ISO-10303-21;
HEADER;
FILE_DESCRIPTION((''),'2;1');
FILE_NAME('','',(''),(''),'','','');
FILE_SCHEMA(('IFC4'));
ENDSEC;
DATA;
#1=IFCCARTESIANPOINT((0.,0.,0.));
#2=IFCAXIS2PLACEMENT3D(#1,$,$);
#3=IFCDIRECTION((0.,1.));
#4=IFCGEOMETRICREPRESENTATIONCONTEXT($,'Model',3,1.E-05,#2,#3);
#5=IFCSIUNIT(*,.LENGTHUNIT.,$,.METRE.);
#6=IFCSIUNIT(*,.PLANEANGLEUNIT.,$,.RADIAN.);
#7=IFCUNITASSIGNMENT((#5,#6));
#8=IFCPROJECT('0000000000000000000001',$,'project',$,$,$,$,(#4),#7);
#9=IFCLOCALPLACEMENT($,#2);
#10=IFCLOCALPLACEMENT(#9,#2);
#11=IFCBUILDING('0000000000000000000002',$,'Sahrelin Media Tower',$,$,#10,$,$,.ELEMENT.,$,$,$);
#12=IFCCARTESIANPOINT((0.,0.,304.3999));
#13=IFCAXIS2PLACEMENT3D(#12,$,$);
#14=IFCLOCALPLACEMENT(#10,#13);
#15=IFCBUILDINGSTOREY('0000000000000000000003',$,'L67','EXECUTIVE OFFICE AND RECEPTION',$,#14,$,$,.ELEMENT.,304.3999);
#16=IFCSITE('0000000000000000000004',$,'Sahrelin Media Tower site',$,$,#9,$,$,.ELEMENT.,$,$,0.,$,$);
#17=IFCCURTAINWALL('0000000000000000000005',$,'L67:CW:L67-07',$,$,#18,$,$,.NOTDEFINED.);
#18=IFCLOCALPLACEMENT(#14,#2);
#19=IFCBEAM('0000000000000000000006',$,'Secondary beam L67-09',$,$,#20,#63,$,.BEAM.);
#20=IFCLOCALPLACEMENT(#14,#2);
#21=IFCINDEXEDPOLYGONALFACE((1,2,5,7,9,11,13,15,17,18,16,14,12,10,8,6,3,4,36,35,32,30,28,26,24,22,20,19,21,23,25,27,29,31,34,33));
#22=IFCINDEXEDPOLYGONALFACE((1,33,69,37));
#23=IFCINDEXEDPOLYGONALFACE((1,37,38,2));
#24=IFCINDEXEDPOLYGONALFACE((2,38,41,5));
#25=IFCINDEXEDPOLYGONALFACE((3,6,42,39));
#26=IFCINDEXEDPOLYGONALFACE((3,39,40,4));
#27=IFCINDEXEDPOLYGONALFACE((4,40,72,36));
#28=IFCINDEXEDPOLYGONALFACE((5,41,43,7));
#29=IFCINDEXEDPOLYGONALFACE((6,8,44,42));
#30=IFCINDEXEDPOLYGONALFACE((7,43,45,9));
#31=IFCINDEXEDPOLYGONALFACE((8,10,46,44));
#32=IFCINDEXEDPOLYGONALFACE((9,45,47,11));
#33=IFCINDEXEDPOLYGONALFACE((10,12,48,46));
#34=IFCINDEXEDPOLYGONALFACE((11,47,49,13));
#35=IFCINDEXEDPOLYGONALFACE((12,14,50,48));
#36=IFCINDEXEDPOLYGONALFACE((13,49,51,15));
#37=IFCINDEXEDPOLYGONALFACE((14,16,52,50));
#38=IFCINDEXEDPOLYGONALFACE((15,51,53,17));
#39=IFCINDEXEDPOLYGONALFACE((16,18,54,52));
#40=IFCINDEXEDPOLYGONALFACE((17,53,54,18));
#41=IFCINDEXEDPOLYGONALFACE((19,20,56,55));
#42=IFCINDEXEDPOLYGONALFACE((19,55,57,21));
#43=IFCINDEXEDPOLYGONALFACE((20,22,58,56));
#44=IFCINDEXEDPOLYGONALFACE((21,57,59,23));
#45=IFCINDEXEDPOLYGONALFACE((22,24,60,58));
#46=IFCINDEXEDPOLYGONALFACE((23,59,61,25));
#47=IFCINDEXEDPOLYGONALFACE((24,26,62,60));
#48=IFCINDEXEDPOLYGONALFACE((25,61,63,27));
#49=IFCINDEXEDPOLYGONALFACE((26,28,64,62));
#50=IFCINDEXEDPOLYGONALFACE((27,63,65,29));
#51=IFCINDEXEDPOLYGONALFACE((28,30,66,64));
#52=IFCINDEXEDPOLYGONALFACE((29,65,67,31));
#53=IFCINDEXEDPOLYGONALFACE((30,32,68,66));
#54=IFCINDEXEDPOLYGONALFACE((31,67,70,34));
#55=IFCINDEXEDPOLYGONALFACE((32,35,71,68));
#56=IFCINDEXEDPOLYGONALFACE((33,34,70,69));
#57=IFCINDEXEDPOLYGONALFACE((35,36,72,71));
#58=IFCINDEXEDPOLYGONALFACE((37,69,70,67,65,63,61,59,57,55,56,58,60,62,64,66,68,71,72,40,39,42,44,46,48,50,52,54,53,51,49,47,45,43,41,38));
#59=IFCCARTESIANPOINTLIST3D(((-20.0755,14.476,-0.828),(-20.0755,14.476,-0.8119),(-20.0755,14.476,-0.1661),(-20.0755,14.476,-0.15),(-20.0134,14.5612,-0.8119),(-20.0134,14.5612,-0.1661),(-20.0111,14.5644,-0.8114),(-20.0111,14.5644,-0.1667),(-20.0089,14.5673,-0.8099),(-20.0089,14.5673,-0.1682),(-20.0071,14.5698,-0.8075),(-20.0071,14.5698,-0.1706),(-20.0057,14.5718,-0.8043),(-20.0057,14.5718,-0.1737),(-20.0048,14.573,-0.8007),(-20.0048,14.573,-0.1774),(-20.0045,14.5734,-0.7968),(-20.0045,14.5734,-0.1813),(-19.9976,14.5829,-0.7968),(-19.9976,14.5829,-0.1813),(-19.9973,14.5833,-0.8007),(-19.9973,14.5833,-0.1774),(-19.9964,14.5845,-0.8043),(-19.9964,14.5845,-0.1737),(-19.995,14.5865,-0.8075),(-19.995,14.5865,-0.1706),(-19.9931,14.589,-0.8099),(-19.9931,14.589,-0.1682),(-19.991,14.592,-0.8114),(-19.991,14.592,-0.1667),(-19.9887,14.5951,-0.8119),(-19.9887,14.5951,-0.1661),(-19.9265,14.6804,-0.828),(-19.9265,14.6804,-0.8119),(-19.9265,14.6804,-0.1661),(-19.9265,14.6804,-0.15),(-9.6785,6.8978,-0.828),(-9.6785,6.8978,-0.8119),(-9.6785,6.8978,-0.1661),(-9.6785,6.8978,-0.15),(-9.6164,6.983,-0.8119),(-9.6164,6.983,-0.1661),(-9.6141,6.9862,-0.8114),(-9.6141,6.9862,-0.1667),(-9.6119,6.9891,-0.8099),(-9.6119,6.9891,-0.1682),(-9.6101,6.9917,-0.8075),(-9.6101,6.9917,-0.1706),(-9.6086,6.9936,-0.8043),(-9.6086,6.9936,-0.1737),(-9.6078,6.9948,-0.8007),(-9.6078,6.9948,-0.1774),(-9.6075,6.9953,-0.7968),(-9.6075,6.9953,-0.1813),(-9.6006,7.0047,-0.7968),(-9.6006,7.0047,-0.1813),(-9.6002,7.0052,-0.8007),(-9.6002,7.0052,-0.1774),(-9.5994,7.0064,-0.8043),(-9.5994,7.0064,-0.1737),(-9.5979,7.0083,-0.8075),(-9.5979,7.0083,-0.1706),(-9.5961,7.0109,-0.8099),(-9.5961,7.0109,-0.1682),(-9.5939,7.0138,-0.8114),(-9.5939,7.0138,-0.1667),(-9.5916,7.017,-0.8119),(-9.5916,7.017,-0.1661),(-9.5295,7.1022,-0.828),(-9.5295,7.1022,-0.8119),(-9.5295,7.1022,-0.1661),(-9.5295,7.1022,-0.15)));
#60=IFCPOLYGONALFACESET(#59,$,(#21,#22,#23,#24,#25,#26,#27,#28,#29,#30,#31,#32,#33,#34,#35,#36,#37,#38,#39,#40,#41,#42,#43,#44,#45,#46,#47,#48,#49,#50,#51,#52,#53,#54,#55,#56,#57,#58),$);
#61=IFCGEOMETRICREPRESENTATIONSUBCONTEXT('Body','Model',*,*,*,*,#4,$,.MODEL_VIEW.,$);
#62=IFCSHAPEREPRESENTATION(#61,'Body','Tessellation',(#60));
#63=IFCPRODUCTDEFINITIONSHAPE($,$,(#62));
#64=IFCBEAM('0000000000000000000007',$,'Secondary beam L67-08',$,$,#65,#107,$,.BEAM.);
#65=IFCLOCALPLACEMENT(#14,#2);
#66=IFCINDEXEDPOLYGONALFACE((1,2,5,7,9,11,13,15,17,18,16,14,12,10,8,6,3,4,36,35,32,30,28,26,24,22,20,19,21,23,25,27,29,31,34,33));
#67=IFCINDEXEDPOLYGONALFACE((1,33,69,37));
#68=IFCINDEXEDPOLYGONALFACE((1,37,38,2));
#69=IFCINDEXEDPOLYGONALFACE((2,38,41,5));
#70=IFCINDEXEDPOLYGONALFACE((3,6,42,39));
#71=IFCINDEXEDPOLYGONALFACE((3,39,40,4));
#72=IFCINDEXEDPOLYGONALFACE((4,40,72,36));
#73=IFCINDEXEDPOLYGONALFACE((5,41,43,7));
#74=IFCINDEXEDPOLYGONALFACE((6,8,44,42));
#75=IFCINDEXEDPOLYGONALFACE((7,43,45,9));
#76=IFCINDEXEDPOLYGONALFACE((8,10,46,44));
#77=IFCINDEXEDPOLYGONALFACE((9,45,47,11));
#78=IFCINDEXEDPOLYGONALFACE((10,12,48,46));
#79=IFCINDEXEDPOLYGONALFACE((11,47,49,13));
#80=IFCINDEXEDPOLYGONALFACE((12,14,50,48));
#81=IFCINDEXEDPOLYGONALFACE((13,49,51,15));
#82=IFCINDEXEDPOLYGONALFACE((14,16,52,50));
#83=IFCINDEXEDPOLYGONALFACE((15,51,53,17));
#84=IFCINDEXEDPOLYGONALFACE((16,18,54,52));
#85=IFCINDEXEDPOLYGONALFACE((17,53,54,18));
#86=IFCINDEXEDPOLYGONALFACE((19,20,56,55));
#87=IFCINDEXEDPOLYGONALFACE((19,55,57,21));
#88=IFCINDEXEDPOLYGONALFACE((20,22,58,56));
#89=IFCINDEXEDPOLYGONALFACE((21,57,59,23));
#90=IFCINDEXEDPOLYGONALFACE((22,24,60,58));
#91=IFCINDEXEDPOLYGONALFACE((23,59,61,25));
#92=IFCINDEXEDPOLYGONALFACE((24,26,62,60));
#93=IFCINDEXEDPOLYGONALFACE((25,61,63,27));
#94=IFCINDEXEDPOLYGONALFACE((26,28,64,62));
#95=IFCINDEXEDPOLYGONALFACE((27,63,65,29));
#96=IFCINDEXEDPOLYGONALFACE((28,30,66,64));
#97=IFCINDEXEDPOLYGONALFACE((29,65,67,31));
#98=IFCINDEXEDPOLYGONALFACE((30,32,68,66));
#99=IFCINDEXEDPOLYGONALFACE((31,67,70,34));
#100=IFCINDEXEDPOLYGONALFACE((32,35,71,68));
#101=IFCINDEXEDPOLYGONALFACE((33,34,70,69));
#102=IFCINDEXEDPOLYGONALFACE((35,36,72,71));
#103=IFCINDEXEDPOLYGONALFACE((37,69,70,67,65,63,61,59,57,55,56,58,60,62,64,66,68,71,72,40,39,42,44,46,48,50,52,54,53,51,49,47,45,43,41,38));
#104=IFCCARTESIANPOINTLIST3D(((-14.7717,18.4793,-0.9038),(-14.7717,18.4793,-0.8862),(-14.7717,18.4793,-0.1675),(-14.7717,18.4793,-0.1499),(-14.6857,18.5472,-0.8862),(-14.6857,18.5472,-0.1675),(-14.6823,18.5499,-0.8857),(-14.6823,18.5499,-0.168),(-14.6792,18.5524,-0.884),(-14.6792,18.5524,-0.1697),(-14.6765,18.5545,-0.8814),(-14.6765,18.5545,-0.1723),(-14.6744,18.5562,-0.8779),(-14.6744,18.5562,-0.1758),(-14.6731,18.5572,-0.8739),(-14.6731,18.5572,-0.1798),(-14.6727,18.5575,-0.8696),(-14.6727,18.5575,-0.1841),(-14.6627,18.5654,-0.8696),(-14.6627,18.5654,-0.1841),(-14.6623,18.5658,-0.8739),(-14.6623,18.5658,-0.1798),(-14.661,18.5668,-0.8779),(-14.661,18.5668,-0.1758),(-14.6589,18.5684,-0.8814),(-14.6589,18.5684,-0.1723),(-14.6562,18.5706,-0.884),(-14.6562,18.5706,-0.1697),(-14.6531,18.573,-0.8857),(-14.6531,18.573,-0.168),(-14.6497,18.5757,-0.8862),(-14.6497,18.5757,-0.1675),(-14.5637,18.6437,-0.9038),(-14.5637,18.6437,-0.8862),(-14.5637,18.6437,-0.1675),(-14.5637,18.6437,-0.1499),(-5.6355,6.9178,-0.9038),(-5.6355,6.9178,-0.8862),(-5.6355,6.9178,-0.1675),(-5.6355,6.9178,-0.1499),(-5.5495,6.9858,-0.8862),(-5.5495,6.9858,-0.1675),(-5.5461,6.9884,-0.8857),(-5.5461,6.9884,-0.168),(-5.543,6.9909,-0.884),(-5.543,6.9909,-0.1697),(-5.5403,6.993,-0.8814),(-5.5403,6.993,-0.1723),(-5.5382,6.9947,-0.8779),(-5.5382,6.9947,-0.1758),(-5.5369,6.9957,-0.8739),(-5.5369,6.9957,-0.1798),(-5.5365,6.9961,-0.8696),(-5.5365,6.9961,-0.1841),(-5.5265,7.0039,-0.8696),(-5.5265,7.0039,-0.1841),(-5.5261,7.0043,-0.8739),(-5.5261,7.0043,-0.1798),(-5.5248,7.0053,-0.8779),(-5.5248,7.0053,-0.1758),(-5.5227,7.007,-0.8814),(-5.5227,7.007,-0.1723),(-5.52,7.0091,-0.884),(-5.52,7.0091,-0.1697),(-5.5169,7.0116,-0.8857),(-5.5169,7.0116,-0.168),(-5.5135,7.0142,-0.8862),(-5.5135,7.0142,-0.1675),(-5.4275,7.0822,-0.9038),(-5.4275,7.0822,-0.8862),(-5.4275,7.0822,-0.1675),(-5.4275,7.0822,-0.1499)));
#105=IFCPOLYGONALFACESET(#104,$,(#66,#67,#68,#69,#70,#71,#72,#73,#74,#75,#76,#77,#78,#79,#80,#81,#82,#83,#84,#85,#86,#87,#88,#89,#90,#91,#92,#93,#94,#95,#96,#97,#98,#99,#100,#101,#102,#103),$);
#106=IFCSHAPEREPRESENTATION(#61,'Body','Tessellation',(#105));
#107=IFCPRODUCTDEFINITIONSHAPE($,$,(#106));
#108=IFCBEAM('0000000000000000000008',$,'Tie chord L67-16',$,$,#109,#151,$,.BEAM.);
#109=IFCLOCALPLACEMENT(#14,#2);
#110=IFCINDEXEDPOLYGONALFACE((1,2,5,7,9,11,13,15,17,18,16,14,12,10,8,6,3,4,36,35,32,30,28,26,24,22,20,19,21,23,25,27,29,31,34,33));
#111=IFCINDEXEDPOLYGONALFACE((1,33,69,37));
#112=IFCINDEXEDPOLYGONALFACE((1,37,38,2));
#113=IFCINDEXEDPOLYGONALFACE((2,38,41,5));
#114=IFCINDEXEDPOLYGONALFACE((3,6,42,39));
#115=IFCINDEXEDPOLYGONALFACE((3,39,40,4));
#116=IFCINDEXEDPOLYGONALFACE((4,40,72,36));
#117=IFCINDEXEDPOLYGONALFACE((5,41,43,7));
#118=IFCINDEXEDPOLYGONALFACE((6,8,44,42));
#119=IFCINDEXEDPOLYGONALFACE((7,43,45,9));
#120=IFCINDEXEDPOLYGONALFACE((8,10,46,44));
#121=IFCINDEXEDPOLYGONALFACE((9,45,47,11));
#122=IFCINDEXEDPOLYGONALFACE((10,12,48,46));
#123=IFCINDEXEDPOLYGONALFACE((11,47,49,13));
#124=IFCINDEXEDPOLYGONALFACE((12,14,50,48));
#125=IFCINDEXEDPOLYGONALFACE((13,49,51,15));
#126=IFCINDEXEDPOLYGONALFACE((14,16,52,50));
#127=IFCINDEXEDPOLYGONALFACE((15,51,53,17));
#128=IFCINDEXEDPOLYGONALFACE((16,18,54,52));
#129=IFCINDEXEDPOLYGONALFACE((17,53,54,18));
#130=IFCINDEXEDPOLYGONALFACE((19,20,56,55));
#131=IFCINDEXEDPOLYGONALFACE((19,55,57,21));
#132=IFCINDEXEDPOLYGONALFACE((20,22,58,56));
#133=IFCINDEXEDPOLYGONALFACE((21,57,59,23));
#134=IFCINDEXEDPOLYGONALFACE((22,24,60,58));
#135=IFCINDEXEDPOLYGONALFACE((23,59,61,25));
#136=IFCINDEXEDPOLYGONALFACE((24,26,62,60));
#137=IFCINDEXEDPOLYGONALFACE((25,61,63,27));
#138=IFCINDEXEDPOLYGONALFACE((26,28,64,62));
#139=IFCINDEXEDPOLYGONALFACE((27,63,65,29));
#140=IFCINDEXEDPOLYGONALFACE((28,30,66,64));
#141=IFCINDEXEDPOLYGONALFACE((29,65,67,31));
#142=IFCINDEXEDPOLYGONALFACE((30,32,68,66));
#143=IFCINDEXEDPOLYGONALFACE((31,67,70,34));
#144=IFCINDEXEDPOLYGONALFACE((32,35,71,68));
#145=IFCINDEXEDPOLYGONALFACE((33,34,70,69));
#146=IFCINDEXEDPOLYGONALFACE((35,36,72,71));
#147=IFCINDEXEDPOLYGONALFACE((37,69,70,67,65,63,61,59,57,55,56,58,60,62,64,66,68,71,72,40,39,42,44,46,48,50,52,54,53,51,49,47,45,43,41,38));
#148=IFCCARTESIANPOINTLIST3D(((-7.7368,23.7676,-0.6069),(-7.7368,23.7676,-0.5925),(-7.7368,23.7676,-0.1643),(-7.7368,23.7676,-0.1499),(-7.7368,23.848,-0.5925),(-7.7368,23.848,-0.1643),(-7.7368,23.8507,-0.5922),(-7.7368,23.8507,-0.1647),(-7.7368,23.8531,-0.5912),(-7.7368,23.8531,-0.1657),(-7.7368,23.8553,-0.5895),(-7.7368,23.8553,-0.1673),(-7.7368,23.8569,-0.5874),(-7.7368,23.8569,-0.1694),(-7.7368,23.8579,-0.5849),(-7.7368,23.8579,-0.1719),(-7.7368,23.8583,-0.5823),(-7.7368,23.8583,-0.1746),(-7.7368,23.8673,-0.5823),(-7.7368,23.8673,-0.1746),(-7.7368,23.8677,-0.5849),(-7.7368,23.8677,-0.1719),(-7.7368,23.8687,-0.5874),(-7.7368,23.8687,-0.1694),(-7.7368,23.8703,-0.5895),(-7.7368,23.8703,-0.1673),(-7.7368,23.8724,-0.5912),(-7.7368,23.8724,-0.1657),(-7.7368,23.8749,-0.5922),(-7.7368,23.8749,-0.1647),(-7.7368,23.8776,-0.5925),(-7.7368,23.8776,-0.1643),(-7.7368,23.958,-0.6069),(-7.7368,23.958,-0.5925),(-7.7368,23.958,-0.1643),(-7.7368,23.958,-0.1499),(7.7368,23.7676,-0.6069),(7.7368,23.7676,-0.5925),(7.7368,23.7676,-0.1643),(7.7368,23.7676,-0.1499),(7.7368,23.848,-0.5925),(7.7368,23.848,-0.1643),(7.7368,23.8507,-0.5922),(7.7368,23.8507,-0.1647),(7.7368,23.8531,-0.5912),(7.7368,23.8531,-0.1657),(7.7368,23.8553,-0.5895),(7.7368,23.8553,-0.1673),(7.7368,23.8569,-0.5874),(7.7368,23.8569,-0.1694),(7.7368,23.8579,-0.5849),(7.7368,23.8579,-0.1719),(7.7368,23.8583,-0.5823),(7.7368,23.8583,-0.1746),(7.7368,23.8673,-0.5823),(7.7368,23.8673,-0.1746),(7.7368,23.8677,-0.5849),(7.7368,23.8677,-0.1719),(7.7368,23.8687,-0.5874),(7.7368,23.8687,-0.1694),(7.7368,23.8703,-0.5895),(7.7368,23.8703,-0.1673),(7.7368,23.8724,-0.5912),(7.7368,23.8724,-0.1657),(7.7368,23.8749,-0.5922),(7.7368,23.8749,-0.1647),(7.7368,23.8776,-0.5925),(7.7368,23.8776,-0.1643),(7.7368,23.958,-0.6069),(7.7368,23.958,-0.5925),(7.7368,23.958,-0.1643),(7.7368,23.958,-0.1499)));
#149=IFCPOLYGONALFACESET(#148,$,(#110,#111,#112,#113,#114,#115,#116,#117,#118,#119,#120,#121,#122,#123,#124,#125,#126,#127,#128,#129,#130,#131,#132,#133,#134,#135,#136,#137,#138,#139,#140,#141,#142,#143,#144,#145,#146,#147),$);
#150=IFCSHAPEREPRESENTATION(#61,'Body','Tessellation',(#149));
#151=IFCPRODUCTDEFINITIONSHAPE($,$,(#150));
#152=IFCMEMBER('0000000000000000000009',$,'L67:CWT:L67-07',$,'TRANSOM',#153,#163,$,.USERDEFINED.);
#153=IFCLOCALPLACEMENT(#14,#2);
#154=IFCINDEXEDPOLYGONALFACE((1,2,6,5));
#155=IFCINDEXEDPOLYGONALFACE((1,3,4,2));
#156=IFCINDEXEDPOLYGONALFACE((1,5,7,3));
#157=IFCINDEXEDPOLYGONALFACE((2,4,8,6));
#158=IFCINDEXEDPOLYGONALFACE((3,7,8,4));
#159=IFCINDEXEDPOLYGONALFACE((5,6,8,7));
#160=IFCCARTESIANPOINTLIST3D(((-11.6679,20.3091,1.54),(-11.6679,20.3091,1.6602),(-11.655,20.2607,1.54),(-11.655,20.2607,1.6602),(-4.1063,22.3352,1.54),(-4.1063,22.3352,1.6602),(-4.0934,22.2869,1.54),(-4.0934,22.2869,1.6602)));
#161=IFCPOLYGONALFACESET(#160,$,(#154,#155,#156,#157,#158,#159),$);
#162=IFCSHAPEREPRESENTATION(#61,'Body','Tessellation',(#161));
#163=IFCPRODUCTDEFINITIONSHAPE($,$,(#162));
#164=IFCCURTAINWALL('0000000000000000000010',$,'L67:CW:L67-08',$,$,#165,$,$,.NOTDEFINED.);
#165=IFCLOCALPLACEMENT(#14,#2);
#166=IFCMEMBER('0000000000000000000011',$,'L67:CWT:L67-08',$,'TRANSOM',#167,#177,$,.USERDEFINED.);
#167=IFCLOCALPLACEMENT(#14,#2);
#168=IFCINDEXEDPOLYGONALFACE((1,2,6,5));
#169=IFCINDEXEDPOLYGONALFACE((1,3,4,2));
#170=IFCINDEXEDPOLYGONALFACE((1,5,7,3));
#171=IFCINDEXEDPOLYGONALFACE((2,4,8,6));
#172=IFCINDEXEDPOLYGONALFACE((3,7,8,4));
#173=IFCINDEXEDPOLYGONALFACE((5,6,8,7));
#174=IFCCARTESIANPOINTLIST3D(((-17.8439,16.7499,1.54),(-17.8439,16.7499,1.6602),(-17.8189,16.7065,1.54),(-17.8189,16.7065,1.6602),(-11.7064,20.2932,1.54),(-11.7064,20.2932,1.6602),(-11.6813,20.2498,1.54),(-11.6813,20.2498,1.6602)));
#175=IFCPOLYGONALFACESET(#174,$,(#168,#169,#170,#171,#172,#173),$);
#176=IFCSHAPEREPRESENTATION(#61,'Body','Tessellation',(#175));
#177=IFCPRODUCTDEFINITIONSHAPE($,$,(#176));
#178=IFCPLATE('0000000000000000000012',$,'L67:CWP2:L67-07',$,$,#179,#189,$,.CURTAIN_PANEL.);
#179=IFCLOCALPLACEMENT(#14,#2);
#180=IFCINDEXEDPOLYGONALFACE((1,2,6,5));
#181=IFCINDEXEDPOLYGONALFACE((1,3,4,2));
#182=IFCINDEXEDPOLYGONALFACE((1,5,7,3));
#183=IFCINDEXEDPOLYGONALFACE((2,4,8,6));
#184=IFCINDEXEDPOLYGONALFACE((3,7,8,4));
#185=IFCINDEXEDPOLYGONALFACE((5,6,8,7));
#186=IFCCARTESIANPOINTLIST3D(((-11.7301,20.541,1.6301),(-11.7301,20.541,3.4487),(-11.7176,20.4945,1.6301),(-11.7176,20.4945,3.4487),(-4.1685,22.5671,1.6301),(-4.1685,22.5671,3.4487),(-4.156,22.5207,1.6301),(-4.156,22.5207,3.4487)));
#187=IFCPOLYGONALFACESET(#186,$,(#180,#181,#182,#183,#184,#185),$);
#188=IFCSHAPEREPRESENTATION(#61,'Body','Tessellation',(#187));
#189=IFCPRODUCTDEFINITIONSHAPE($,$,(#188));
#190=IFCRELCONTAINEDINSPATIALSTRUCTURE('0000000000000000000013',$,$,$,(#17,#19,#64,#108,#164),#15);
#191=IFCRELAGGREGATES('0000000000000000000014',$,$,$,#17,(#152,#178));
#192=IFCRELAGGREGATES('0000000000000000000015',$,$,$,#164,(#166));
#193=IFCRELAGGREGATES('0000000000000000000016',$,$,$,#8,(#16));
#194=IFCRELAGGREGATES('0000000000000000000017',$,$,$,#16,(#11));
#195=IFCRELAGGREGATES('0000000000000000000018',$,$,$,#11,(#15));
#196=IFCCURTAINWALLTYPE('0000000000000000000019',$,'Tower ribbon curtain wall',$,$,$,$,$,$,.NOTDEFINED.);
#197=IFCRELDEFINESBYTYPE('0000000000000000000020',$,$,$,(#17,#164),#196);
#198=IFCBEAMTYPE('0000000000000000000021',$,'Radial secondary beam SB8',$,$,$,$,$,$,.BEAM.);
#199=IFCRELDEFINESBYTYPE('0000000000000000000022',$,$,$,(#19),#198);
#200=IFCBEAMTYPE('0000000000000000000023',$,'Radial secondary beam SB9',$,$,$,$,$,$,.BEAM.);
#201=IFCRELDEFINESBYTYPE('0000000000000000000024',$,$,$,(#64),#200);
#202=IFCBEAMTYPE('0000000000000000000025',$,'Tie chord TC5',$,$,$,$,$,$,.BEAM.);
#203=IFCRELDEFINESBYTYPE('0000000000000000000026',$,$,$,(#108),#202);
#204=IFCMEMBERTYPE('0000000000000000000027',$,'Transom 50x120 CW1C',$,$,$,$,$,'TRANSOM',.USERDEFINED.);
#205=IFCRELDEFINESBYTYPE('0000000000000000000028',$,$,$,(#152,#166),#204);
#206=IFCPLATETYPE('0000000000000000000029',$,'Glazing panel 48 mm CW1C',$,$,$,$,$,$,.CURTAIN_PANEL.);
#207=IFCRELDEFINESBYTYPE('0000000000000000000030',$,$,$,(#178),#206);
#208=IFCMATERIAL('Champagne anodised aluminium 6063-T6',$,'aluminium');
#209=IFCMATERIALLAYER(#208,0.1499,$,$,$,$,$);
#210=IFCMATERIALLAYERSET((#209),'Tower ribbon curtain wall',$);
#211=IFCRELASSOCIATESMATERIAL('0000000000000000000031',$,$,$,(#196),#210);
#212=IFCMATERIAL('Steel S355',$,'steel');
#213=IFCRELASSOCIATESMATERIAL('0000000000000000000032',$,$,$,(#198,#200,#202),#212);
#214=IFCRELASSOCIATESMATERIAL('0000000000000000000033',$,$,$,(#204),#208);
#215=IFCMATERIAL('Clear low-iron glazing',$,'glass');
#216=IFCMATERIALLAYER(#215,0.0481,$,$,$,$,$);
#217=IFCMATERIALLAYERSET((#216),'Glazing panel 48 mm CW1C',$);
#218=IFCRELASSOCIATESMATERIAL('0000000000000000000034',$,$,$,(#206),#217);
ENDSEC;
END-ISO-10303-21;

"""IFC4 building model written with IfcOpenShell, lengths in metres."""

from ifc_helpers import new_model, si_unit, direction, frame, origin, origin_2d, place, context, subcontext, project, spatial, polyline, rectangle, i_section, outline, extrude, material, layer, layer_set, material_profile, profile_set, type_object, element, aggregate, save


model = new_model("IFC4")

# Units and contexts
model_context = context("Model", 3, precision=1e-05, world=origin(), true_north=direction((0.0, 1.0)))
body_context = subcontext(model_context, "Body", "Model", "MODEL_VIEW")
ifc_project = project(units=[si_unit("LENGTHUNIT", "METRE"), si_unit("PLANEANGLEUNIT", "RADIAN")], contexts=[model_context])

# Site, building, storey
site_placement = place(None, origin())
site = spatial("IfcSite", under=ifc_project, at=site_placement, Name="Sahrelin Media Tower site", CompositionType="ELEMENT", RefElevation=0.0)
building_placement = place(site_placement, origin())
building = spatial("IfcBuilding", under=site, at=building_placement, Name="Sahrelin Media Tower", CompositionType="ELEMENT")
storey_placement = place(building_placement, frame((0.0, 0.0, 304.3999)))
storey = spatial("IfcBuildingStorey", under=building, at=storey_placement, Name="L67", Description="EXECUTIVE OFFICE AND RECEPTION", CompositionType="ELEMENT", Elevation=304.3999)

# Shared definitions
ifc_material_1 = material(Name="Steel S355", Category="steel")

# Curtain wall
ifc_material_2 = material(Name="Champagne anodised aluminium 6063-T6", Category="aluminium")
ifc_layer_1 = layer(ifc_material_2, 0.1499)
ifc_layer_set_1 = layer_set([ifc_layer_1], Name="Tower ribbon curtain wall")
curtain_wall_type = type_object("IfcCurtainWallType", Name="Tower ribbon curtain wall", PredefinedType="NOTDEFINED", material=ifc_layer_set_1)
curtain_wall_1_placement = place(storey_placement, frame((-7.9441, 21.5347, 0.0), z_axis=(0.0, 0.0, 1.0), x_axis=(1.0, 0.0, 0.0)))
curtain_wall_1 = element("IfcCurtainWall", 1, at=curtain_wall_1_placement, inside=storey, type_object=curtain_wall_type, Name="L67:CW:L67-07", PredefinedType="NOTDEFINED")

# Beams
ifc_material_profile_1 = material_profile(ifc_material_1, i_section(OverallWidth=0.2529, OverallDepth=0.678, WebThickness=0.0117, FlangeThickness=0.0161, FilletRadius=0.0151, at=origin_2d()), Name="UB 686x254x125")
ifc_profile_set_1 = profile_set([ifc_material_profile_1], Name="Steel S355")
beam_type_1 = type_object("IfcBeamType", Name="Radial secondary beam SB8", PredefinedType="BEAM", material=ifc_profile_set_1)
beam_1_placement = place(storey_placement, frame((-9.604, 7.0, -0.489), z_axis=(-0.808119, 0.58902, 0.0), x_axis=(-0.58902, -0.808119, 0.0)))
element("IfcBeam", 2, at=beam_1_placement, inside=storey, type_object=beam_type_1, Name="Secondary beam L67-09", PredefinedType="BEAM", context=body_context, shape_type="SweptSolid", body=[
    extrude(i_section(OverallWidth=0.2529, OverallDepth=0.678, WebThickness=0.0117, FlangeThickness=0.0161, FilletRadius=0.0151, at=origin_2d()), origin(), (0.0, 0.0, 1.0), 12.8657),
])
ifc_material_profile_2 = material_profile(ifc_material_1, i_section(OverallWidth=0.2651, OverallDepth=0.7539, WebThickness=0.0127, FlangeThickness=0.0176, FilletRadius=0.0166, at=origin_2d()), Name="UB 762x267x147")
ifc_profile_set_2 = profile_set([ifc_material_profile_2], Name="Steel S355")
beam_type_2 = type_object("IfcBeamType", Name="Radial secondary beam SB9", PredefinedType="BEAM", material=ifc_profile_set_2)
beam_2_placement = place(storey_placement, frame((-5.5315, 7.0, -0.5269), z_axis=(-0.620008, 0.784595, 0.0), x_axis=(-0.784595, -0.620008, 0.0)))
element("IfcBeam", 3, at=beam_2_placement, inside=storey, type_object=beam_type_2, Name="Secondary beam L67-08", PredefinedType="BEAM", context=body_context, shape_type="SweptSolid", body=[
    extrude(i_section(OverallWidth=0.2651, OverallDepth=0.7539, WebThickness=0.0127, FlangeThickness=0.0176, FilletRadius=0.0166, at=origin_2d()), origin(), (0.0, 0.0, 1.0), 14.7356),
])
ifc_material_profile_3 = material_profile(ifc_material_1, i_section(OverallWidth=0.1904, OverallDepth=0.457, WebThickness=0.009, FlangeThickness=0.0144, FilletRadius=0.0103, at=origin_2d()), Name="UB 457x191x74")
ifc_profile_set_3 = profile_set([ifc_material_profile_3], Name="Steel S355")
beam_type_3 = type_object("IfcBeamType", Name="Tie chord TC5", PredefinedType="BEAM", material=ifc_profile_set_3)
beam_3_placement = place(storey_placement, frame((-7.7368, 23.8628, -0.3784), z_axis=(1.0, 0.0, 0.0), x_axis=(0.0, 1.0, 0.0)))
element("IfcBeam", 4, at=beam_3_placement, inside=storey, type_object=beam_type_3, Name="Tie chord L67-16", PredefinedType="BEAM", context=body_context, shape_type="SweptSolid", body=[
    extrude(i_section(OverallWidth=0.1904, OverallDepth=0.457, WebThickness=0.009, FlangeThickness=0.0144, FilletRadius=0.0103, at=origin_2d()), origin(), (0.0, 0.0, 1.0), 15.4736),
])

# Member
ifc_material_profile_4 = material_profile(ifc_material_2, rectangle(XDim=0.05, YDim=0.1201, at=origin_2d()), Name="Transom 50x120")
ifc_profile_set_4 = profile_set([ifc_material_profile_4], Name="Champagne anodised aluminium 6063-T6")
member_type_1 = type_object("IfcMemberType", Name="Transom 50x120 CW1C", ElementType="TRANSOM", PredefinedType="USERDEFINED", material=ifc_profile_set_4)
member_1_placement = place(storey_placement, frame((-4.0999, 22.311, 1.6001), z_axis=(-0.965925, -0.258821, 0.0), x_axis=(0.258821, -0.965925, 0.0)))
member_1 = element("IfcMember", 5, at=member_1_placement, type_object=member_type_1, Name="L67:CWT:L67-07", ObjectType="TRANSOM", PredefinedType="USERDEFINED", context=body_context, shape_type="SweptSolid", body=[
    extrude(rectangle(XDim=0.05, YDim=0.1201, at=origin_2d()), origin(), (0.0, 0.0, 1.0), 7.8284),
])

# Curtain wall, member
curtain_wall_2_placement = place(storey_placement, frame((-14.885, 18.7122, 0.0), z_axis=(0.0, 0.0, 1.0), x_axis=(1.0, 0.0, 0.0)))
curtain_wall_2 = element("IfcCurtainWall", 6, at=curtain_wall_2_placement, inside=storey, type_object=curtain_wall_type, Name="L67:CW:L67-08", PredefinedType="NOTDEFINED")
member_2_placement = place(storey_placement, frame((-11.6938, 20.2715, 1.6001), z_axis=(-0.86604, -0.499974, 0.0), x_axis=(0.499974, -0.86604, 0.0)))
member_2 = element("IfcMember", 7, at=member_2_placement, type_object=member_type_1, Name="L67:CWT:L67-08", ObjectType="TRANSOM", PredefinedType="USERDEFINED", context=body_context, shape_type="SweptSolid", body=[
    extrude(rectangle(XDim=0.05, YDim=0.1201, at=origin_2d()), origin(), (0.0, 0.0, 1.0), 7.0869),
])

# Plate
ifc_material_3 = material(Name="Clear low-iron glazing", Category="glass")
ifc_layer_2 = layer(ifc_material_3, 0.0481)
ifc_layer_set_2 = layer_set([ifc_layer_2], Name="Glazing panel 48 mm CW1C")
plate_type_1 = type_object("IfcPlateType", Name="Glazing panel 48 mm CW1C", PredefinedType="CURTAIN_PANEL", material=ifc_layer_set_2)
plate_1_placement = place(storey_placement, frame((-4.1685, 22.5671, 1.6301), z_axis=(-0.258821, 0.965925, 0.0), x_axis=(-0.965925, -0.258821, 0.0)))
plate_1 = element("IfcPlate", 8, at=plate_1_placement, type_object=plate_type_1, Name="L67:CWP2:L67-07", PredefinedType="CURTAIN_PANEL", context=body_context, shape_type="SweptSolid", body=[
    extrude(outline(polyline([(0.0, 0.0), (7.8284, 0.0), (7.8284, 1.8186), (0.0, 1.8186), (0.0, 0.0)])), origin(), (0.0, 0.0, -1.0), 0.0481),
])
aggregate(curtain_wall_1, [member_1, plate_1])
aggregate(curtain_wall_2, [member_2])

save(model, "model.ifc")
